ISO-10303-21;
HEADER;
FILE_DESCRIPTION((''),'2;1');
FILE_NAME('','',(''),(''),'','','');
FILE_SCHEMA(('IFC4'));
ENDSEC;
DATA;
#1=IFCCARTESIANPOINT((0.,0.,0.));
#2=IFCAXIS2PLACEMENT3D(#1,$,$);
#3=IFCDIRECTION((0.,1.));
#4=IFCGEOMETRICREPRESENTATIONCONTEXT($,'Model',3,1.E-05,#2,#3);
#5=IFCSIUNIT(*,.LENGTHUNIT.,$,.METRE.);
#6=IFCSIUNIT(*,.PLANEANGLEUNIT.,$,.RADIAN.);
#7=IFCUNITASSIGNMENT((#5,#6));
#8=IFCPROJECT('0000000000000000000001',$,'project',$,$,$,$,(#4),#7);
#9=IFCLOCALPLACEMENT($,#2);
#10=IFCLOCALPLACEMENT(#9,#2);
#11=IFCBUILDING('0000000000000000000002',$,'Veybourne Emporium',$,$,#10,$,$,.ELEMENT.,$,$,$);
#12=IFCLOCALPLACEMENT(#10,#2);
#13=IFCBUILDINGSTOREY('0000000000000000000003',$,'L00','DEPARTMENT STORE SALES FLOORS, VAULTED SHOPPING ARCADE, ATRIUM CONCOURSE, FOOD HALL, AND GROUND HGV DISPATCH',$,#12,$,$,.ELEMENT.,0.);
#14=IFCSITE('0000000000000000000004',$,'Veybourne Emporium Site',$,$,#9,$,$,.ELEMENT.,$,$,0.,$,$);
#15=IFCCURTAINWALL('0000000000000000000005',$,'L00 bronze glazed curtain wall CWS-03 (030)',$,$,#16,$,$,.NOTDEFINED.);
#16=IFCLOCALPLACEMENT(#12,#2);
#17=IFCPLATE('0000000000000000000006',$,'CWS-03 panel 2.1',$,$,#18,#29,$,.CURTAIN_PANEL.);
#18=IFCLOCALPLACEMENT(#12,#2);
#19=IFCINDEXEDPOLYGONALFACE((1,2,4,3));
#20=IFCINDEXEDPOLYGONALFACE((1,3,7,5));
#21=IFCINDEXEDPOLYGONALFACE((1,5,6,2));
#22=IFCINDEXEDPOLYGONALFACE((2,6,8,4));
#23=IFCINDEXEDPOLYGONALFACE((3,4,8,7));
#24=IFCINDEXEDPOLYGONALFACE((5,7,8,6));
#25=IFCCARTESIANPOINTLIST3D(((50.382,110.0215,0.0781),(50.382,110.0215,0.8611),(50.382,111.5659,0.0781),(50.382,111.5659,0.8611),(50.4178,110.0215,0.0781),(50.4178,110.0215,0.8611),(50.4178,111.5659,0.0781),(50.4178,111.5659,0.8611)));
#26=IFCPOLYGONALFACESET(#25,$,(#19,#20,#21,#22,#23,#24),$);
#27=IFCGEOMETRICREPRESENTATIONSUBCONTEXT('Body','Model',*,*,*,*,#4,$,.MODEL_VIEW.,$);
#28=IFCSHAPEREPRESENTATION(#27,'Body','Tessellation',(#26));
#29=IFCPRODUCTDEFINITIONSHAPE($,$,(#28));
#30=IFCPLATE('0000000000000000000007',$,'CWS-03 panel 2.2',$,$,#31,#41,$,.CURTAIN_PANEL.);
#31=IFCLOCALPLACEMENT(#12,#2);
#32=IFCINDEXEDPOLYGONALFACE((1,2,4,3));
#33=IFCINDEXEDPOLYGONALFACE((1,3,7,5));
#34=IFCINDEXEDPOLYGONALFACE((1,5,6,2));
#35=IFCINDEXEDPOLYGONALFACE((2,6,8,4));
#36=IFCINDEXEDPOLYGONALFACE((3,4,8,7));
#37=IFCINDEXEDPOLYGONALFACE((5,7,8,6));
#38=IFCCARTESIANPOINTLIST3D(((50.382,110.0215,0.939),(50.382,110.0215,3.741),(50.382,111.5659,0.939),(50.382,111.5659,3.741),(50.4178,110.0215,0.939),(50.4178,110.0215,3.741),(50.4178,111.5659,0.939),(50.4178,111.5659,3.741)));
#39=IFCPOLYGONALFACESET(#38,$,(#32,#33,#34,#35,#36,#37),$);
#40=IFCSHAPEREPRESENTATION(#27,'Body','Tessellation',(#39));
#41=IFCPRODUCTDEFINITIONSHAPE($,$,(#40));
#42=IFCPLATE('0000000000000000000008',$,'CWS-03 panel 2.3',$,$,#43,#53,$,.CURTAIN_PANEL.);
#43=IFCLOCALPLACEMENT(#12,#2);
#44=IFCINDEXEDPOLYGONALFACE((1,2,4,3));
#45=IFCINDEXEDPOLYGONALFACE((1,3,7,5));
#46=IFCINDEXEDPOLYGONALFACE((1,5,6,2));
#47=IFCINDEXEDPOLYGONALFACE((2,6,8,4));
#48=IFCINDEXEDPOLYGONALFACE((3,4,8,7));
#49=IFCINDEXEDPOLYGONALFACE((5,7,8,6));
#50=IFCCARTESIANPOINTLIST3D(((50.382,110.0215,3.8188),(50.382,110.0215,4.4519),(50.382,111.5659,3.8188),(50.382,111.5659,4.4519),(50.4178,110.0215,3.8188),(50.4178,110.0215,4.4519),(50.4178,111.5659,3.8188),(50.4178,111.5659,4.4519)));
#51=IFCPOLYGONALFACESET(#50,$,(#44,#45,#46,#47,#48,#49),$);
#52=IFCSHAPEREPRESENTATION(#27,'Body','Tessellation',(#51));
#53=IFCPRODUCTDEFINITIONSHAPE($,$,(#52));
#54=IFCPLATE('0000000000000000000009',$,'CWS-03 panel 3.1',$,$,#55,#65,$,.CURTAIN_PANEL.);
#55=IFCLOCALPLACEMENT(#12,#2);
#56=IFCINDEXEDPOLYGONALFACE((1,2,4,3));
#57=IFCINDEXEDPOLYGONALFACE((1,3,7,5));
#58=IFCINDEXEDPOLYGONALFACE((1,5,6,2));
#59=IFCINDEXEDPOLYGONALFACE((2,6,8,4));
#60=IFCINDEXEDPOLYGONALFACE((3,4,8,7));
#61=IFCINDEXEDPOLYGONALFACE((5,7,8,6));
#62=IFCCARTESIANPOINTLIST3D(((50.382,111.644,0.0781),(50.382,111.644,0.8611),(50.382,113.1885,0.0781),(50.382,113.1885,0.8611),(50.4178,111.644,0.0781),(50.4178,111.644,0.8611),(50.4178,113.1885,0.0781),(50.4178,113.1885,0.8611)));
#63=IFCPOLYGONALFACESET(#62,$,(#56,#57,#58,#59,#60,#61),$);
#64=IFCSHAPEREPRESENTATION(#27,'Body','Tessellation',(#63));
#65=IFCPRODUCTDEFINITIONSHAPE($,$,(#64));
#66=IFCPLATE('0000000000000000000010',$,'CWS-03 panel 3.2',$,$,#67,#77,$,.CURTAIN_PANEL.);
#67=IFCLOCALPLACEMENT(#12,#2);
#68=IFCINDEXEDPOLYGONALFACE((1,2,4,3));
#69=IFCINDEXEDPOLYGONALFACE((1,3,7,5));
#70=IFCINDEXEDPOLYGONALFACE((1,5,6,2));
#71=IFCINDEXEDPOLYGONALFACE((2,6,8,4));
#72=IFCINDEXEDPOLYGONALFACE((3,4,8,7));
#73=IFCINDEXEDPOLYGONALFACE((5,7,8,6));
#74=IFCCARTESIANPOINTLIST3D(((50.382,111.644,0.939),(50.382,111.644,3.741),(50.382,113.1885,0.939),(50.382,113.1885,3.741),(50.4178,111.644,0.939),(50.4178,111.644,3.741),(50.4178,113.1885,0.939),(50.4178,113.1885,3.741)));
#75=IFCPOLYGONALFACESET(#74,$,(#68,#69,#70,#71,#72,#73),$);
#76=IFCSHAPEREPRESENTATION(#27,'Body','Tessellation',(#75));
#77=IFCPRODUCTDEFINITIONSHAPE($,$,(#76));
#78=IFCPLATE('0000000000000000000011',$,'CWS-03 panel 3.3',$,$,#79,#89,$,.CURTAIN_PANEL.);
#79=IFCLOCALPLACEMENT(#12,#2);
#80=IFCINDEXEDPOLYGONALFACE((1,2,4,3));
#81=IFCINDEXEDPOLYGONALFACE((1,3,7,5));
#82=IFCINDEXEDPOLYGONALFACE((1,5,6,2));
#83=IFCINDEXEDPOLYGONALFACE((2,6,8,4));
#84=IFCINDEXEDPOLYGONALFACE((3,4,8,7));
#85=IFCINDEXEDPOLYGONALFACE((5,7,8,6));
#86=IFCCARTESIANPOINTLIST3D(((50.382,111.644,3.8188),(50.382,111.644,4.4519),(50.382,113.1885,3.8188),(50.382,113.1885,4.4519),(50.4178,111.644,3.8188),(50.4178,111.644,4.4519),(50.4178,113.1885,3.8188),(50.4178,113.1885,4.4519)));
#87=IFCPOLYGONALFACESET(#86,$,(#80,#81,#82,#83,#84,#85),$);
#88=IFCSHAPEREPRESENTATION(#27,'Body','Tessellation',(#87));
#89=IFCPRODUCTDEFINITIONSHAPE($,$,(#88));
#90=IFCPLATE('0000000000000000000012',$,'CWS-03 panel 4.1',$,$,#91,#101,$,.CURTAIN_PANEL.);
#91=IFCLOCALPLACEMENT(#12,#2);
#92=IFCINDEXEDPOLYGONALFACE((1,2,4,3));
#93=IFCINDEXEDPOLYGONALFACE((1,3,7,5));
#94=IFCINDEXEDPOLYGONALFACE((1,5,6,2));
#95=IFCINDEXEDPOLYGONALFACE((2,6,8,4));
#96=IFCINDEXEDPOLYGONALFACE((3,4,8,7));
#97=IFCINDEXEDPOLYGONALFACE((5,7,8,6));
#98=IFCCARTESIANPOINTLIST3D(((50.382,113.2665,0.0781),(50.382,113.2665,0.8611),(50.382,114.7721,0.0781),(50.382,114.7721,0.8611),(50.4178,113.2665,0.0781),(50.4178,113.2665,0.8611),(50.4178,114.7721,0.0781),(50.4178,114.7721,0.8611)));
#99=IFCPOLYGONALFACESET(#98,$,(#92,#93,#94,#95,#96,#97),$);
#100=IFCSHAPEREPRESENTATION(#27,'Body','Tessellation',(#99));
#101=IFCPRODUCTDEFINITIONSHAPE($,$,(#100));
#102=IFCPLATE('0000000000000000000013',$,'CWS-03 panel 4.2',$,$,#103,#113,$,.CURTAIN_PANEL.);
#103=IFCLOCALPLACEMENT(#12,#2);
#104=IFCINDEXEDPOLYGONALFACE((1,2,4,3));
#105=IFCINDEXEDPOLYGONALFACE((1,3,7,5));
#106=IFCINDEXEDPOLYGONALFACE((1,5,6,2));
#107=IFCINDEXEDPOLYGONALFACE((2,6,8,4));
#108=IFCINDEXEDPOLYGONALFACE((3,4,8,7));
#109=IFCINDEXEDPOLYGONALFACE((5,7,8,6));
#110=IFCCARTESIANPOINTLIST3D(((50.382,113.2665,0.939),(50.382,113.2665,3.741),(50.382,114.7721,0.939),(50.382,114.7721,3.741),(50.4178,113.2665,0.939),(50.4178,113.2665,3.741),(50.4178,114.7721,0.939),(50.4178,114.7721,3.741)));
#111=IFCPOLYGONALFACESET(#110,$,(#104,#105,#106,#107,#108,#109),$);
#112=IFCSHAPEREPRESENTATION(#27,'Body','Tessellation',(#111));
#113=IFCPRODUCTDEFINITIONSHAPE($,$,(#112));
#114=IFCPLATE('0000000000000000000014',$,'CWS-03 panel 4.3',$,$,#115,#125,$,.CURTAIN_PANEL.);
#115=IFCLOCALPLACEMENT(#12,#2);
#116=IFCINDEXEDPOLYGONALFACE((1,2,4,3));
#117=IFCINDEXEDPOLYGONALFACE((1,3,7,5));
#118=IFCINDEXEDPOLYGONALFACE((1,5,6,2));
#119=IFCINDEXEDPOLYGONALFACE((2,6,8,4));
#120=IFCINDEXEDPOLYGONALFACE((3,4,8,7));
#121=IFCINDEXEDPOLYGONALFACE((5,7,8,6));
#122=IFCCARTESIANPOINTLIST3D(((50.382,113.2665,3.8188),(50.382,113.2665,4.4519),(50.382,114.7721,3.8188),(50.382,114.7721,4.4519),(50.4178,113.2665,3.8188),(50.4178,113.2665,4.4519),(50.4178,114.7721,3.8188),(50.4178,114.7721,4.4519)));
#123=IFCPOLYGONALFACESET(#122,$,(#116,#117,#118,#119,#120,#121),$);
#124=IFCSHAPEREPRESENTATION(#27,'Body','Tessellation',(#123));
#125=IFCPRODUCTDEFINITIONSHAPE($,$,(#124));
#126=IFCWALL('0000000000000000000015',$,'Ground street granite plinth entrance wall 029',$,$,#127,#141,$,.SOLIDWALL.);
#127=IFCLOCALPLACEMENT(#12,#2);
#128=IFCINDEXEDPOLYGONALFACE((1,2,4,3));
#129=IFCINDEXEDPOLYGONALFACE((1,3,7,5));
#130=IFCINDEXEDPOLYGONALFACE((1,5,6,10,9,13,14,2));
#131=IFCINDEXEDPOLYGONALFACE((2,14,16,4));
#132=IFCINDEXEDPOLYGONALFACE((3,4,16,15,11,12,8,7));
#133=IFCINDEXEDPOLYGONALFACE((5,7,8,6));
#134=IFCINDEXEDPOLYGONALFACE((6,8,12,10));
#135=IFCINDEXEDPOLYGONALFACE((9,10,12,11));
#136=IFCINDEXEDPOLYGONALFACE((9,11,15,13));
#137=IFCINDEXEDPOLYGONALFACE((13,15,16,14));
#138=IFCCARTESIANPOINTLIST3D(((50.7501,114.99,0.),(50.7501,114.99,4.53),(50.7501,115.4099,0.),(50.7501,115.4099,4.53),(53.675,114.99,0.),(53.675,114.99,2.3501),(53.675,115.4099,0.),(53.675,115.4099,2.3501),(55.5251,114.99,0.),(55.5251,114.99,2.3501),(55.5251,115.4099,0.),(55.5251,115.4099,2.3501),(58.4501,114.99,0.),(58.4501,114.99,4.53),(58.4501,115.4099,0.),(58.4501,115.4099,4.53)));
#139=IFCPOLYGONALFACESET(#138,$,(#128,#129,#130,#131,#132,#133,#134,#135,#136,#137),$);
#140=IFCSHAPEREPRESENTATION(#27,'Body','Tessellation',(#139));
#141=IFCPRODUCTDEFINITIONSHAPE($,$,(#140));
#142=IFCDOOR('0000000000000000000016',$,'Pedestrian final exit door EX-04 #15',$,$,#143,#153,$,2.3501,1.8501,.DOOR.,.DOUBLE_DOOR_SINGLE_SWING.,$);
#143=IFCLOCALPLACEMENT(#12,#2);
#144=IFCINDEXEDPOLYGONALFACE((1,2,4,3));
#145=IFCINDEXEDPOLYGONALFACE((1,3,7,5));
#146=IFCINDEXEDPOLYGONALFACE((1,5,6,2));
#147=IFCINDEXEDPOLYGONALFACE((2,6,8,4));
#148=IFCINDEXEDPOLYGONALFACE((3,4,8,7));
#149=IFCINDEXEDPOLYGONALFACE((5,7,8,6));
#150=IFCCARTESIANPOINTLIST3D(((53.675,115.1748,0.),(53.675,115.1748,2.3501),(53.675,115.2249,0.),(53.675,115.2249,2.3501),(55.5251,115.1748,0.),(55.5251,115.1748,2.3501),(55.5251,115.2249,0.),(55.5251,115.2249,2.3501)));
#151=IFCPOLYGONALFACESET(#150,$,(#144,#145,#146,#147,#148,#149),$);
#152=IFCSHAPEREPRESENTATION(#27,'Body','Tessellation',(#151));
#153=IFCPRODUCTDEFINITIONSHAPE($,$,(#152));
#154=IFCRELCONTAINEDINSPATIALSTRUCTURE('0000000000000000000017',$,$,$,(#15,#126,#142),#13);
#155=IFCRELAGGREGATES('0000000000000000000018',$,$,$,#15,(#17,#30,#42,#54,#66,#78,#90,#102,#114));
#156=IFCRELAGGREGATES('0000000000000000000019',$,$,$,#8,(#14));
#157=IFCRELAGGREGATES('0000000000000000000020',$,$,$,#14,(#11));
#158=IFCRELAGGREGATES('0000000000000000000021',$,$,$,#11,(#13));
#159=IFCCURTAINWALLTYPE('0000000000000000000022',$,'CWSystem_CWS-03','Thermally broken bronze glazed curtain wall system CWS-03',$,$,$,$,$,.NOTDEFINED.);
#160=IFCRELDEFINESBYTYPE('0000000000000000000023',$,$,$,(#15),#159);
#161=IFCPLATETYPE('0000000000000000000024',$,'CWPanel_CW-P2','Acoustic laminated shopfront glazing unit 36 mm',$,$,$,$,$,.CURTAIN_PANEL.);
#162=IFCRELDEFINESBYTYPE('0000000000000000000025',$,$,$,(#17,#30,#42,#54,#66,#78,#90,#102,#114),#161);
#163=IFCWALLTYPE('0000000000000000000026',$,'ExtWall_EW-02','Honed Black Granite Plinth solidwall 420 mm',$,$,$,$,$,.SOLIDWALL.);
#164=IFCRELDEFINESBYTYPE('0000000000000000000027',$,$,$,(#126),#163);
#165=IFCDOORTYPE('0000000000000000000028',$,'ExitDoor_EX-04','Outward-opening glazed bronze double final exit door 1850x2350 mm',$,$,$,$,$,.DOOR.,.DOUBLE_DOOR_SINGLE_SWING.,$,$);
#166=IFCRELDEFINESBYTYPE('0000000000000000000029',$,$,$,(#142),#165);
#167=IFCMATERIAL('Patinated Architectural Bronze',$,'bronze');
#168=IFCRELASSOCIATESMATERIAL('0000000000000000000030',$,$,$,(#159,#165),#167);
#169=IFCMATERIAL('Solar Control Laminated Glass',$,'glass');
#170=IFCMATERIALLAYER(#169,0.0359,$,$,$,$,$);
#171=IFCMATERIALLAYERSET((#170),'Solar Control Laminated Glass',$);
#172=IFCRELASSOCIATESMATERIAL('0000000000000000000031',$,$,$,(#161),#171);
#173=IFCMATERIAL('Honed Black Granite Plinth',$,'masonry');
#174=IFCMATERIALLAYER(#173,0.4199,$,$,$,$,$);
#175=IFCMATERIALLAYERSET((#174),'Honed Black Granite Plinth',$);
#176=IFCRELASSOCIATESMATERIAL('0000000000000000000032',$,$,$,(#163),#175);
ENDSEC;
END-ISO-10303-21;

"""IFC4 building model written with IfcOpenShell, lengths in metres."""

from ifc_helpers import new_model, si_unit, direction, frame, frame_2d, origin, origin_2d, place, context, subcontext, project, spatial, rectangle, extrude, material, layer, layer_set, type_object, element, fill, aggregate, save


model = new_model("IFC4")

# Units and contexts
model_context = context("Model", 3, precision=1e-05, world=origin(), true_north=direction((0.0, 1.0)))
body_context = subcontext(model_context, "Body", "Model", "MODEL_VIEW")
ifc_project = project(units=[si_unit("LENGTHUNIT", "METRE"), si_unit("PLANEANGLEUNIT", "RADIAN")], contexts=[model_context])

# Site, building, storey
site_placement = place(None, origin())
site = spatial("IfcSite", under=ifc_project, at=site_placement, Name="Veybourne Emporium Site", CompositionType="ELEMENT", RefElevation=0.0)
building_placement = place(site_placement, origin())
building = spatial("IfcBuilding", under=site, at=building_placement, Name="Veybourne Emporium", CompositionType="ELEMENT")
storey_placement = place(building_placement, origin())
storey = spatial("IfcBuildingStorey", under=building, at=storey_placement, Name="L00", Description="DEPARTMENT STORE SALES FLOORS, VAULTED SHOPPING ARCADE, ATRIUM CONCOURSE, FOOD HALL, AND GROUND HGV DISPATCH", CompositionType="ELEMENT", Elevation=0.0)

# Curtain wall
ifc_material_1 = material(Name="Patinated Architectural Bronze", Category="bronze")
curtain_wall_type = type_object("IfcCurtainWallType", Name="CWSystem_CWS-03", Description="Thermally broken bronze glazed curtain wall system CWS-03", PredefinedType="NOTDEFINED", material=ifc_material_1)
curtain_wall_placement = place(storey_placement, origin())
curtain_wall = element("IfcCurtainWall", 1, at=curtain_wall_placement, inside=storey, type_object=curtain_wall_type, Name="L00 bronze glazed curtain wall CWS-03 (030)", PredefinedType="NOTDEFINED")

# Plates
ifc_material_2 = material(Name="Solar Control Laminated Glass", Category="glass")
ifc_layer_1 = layer(ifc_material_2, 0.0359)
ifc_layer_set_1 = layer_set([ifc_layer_1], Name="Solar Control Laminated Glass")
plate_type = type_object("IfcPlateType", Name="CWPanel_CW-P2", Description="Acoustic laminated shopfront glazing unit 36 mm", PredefinedType="CURTAIN_PANEL", material=ifc_layer_set_1)
plate_1_placement = place(storey_placement, frame((50.3999, 110.7937, 0.0781), z_axis=(0.0, 0.0, 1.0), x_axis=(0.0, 1.0, 0.0)))
plate_1 = element("IfcPlate", 2, at=plate_1_placement, type_object=plate_type, Name="CWS-03 panel 2.1", PredefinedType="CURTAIN_PANEL", context=body_context, shape_type="SweptSolid", body=[
    extrude(rectangle(XDim=1.5444, YDim=0.0359, at=origin_2d()), origin(), (0.0, 0.0, 1.0), 0.783),
])
plate_2_placement = place(storey_placement, frame((50.3999, 110.7937, 0.939), z_axis=(0.0, 0.0, 1.0), x_axis=(0.0, 1.0, 0.0)))
plate_2 = element("IfcPlate", 3, at=plate_2_placement, type_object=plate_type, Name="CWS-03 panel 2.2", PredefinedType="CURTAIN_PANEL", context=body_context, shape_type="SweptSolid", body=[
    extrude(rectangle(XDim=1.5444, YDim=0.0359, at=origin_2d()), origin(), (0.0, 0.0, 1.0), 2.802),
])
plate_3_placement = place(storey_placement, frame((50.3999, 110.7937, 3.8188), z_axis=(0.0, 0.0, 1.0), x_axis=(0.0, 1.0, 0.0)))
plate_3 = element("IfcPlate", 4, at=plate_3_placement, type_object=plate_type, Name="CWS-03 panel 2.3", PredefinedType="CURTAIN_PANEL", context=body_context, shape_type="SweptSolid", body=[
    extrude(rectangle(XDim=1.5444, YDim=0.0359, at=origin_2d()), origin(), (0.0, 0.0, 1.0), 0.6331),
])
plate_4_placement = place(storey_placement, frame((50.3999, 112.4163, 0.0781), z_axis=(0.0, 0.0, 1.0), x_axis=(0.0, 1.0, 0.0)))
plate_4 = element("IfcPlate", 5, at=plate_4_placement, type_object=plate_type, Name="CWS-03 panel 3.1", PredefinedType="CURTAIN_PANEL", context=body_context, shape_type="SweptSolid", body=[
    extrude(rectangle(XDim=1.5444, YDim=0.0359, at=origin_2d()), origin(), (0.0, 0.0, 1.0), 0.783),
])
plate_5_placement = place(storey_placement, frame((50.3999, 112.4163, 0.939), z_axis=(0.0, 0.0, 1.0), x_axis=(0.0, 1.0, 0.0)))
plate_5 = element("IfcPlate", 6, at=plate_5_placement, type_object=plate_type, Name="CWS-03 panel 3.2", PredefinedType="CURTAIN_PANEL", context=body_context, shape_type="SweptSolid", body=[
    extrude(rectangle(XDim=1.5444, YDim=0.0359, at=origin_2d()), origin(), (0.0, 0.0, 1.0), 2.802),
])
plate_6_placement = place(storey_placement, frame((50.3999, 112.4163, 3.8188), z_axis=(0.0, 0.0, 1.0), x_axis=(0.0, 1.0, 0.0)))
plate_6 = element("IfcPlate", 7, at=plate_6_placement, type_object=plate_type, Name="CWS-03 panel 3.3", PredefinedType="CURTAIN_PANEL", context=body_context, shape_type="SweptSolid", body=[
    extrude(rectangle(XDim=1.5444, YDim=0.0359, at=origin_2d()), origin(), (0.0, 0.0, 1.0), 0.6331),
])
plate_7_placement = place(storey_placement, frame((50.3999, 114.0193, 0.0781), z_axis=(0.0, 0.0, 1.0), x_axis=(0.0, 1.0, 0.0)))
plate_7 = element("IfcPlate", 8, at=plate_7_placement, type_object=plate_type, Name="CWS-03 panel 4.1", PredefinedType="CURTAIN_PANEL", context=body_context, shape_type="SweptSolid", body=[
    extrude(rectangle(XDim=1.5056, YDim=0.0359, at=origin_2d()), origin(), (0.0, 0.0, 1.0), 0.783),
])
plate_8_placement = place(storey_placement, frame((50.3999, 114.0193, 0.939), z_axis=(0.0, 0.0, 1.0), x_axis=(0.0, 1.0, 0.0)))
plate_8 = element("IfcPlate", 9, at=plate_8_placement, type_object=plate_type, Name="CWS-03 panel 4.2", PredefinedType="CURTAIN_PANEL", context=body_context, shape_type="SweptSolid", body=[
    extrude(rectangle(XDim=1.5056, YDim=0.0359, at=origin_2d()), origin(), (0.0, 0.0, 1.0), 2.802),
])
plate_9_placement = place(storey_placement, frame((50.3999, 114.0193, 3.8188), z_axis=(0.0, 0.0, 1.0), x_axis=(0.0, 1.0, 0.0)))
plate_9 = element("IfcPlate", 10, at=plate_9_placement, type_object=plate_type, Name="CWS-03 panel 4.3", PredefinedType="CURTAIN_PANEL", context=body_context, shape_type="SweptSolid", body=[
    extrude(rectangle(XDim=1.5056, YDim=0.0359, at=origin_2d()), origin(), (0.0, 0.0, 1.0), 0.6331),
])
aggregate(curtain_wall, [plate_1, plate_2, plate_3, plate_4, plate_5, plate_6, plate_7, plate_8, plate_9])

# Wall, opening, door
ifc_material_3 = material(Name="Honed Black Granite Plinth", Category="masonry")
ifc_layer_2 = layer(ifc_material_3, 0.4199)
ifc_layer_set_2 = layer_set([ifc_layer_2], Name="Honed Black Granite Plinth")
wall_type = type_object("IfcWallType", Name="ExtWall_EW-02", Description="Honed Black Granite Plinth solidwall 420 mm", PredefinedType="SOLIDWALL", material=ifc_layer_set_2)
wall_placement = place(storey_placement, frame((50.75, 115.2, 0.0), z_axis=(0.0, 0.0, 1.0), x_axis=(1.0, 0.0, 0.0)))
wall = element("IfcWall", 11, at=wall_placement, inside=storey, type_object=wall_type, Name="Ground street granite plinth entrance wall 029", PredefinedType="SOLIDWALL", context=body_context, shape_type="SweptSolid", body=[
    extrude(rectangle(XDim=7.7, YDim=0.4199, at=frame_2d((3.8501, 0.0))), origin(), (0.0, 0.0, 1.0), 4.53),
])
opening_placement = place(wall_placement, frame((2.925, 0.0, 0.0)))
opening = element("IfcOpeningElement", 12, at=opening_placement, cuts=wall, PredefinedType="OPENING", context=body_context, shape_type="SweptSolid", body=[
    extrude(rectangle(XDim=1.8501, YDim=2.3501, at=frame_2d((0.925, 1.175))), frame((0.0, 0.23, 0.0), z_axis=(0.0, -1.0, 0.0), x_axis=(1.0, 0.0, 0.0)), (0.0, 0.0, 1.0), 0.46),
])
door_type = type_object("IfcDoorType", Name="ExitDoor_EX-04", Description="Outward-opening glazed bronze double final exit door 1850x2350 mm", OperationType="DOUBLE_DOOR_SINGLE_SWING", PredefinedType="DOOR", material=ifc_material_1)
door_placement = place(opening_placement, origin())
door = element("IfcDoor", 13, at=door_placement, inside=storey, type_object=door_type, Name="Pedestrian final exit door EX-04 #15", OperationType="DOUBLE_DOOR_SINGLE_SWING", OverallHeight=2.3501, OverallWidth=1.8501, PredefinedType="DOOR", context=body_context, shape_type="SweptSolid", body=[
    extrude(rectangle(XDim=1.8501, YDim=2.3501, at=frame_2d((0.925, 1.175))), frame((0.0, 0.0249, 0.0), z_axis=(0.0, -1.0, 0.0), x_axis=(1.0, 0.0, 0.0)), (0.0, 0.0, 1.0), 0.05),
])
fill(opening, door)

save(model, "model.ifc")
